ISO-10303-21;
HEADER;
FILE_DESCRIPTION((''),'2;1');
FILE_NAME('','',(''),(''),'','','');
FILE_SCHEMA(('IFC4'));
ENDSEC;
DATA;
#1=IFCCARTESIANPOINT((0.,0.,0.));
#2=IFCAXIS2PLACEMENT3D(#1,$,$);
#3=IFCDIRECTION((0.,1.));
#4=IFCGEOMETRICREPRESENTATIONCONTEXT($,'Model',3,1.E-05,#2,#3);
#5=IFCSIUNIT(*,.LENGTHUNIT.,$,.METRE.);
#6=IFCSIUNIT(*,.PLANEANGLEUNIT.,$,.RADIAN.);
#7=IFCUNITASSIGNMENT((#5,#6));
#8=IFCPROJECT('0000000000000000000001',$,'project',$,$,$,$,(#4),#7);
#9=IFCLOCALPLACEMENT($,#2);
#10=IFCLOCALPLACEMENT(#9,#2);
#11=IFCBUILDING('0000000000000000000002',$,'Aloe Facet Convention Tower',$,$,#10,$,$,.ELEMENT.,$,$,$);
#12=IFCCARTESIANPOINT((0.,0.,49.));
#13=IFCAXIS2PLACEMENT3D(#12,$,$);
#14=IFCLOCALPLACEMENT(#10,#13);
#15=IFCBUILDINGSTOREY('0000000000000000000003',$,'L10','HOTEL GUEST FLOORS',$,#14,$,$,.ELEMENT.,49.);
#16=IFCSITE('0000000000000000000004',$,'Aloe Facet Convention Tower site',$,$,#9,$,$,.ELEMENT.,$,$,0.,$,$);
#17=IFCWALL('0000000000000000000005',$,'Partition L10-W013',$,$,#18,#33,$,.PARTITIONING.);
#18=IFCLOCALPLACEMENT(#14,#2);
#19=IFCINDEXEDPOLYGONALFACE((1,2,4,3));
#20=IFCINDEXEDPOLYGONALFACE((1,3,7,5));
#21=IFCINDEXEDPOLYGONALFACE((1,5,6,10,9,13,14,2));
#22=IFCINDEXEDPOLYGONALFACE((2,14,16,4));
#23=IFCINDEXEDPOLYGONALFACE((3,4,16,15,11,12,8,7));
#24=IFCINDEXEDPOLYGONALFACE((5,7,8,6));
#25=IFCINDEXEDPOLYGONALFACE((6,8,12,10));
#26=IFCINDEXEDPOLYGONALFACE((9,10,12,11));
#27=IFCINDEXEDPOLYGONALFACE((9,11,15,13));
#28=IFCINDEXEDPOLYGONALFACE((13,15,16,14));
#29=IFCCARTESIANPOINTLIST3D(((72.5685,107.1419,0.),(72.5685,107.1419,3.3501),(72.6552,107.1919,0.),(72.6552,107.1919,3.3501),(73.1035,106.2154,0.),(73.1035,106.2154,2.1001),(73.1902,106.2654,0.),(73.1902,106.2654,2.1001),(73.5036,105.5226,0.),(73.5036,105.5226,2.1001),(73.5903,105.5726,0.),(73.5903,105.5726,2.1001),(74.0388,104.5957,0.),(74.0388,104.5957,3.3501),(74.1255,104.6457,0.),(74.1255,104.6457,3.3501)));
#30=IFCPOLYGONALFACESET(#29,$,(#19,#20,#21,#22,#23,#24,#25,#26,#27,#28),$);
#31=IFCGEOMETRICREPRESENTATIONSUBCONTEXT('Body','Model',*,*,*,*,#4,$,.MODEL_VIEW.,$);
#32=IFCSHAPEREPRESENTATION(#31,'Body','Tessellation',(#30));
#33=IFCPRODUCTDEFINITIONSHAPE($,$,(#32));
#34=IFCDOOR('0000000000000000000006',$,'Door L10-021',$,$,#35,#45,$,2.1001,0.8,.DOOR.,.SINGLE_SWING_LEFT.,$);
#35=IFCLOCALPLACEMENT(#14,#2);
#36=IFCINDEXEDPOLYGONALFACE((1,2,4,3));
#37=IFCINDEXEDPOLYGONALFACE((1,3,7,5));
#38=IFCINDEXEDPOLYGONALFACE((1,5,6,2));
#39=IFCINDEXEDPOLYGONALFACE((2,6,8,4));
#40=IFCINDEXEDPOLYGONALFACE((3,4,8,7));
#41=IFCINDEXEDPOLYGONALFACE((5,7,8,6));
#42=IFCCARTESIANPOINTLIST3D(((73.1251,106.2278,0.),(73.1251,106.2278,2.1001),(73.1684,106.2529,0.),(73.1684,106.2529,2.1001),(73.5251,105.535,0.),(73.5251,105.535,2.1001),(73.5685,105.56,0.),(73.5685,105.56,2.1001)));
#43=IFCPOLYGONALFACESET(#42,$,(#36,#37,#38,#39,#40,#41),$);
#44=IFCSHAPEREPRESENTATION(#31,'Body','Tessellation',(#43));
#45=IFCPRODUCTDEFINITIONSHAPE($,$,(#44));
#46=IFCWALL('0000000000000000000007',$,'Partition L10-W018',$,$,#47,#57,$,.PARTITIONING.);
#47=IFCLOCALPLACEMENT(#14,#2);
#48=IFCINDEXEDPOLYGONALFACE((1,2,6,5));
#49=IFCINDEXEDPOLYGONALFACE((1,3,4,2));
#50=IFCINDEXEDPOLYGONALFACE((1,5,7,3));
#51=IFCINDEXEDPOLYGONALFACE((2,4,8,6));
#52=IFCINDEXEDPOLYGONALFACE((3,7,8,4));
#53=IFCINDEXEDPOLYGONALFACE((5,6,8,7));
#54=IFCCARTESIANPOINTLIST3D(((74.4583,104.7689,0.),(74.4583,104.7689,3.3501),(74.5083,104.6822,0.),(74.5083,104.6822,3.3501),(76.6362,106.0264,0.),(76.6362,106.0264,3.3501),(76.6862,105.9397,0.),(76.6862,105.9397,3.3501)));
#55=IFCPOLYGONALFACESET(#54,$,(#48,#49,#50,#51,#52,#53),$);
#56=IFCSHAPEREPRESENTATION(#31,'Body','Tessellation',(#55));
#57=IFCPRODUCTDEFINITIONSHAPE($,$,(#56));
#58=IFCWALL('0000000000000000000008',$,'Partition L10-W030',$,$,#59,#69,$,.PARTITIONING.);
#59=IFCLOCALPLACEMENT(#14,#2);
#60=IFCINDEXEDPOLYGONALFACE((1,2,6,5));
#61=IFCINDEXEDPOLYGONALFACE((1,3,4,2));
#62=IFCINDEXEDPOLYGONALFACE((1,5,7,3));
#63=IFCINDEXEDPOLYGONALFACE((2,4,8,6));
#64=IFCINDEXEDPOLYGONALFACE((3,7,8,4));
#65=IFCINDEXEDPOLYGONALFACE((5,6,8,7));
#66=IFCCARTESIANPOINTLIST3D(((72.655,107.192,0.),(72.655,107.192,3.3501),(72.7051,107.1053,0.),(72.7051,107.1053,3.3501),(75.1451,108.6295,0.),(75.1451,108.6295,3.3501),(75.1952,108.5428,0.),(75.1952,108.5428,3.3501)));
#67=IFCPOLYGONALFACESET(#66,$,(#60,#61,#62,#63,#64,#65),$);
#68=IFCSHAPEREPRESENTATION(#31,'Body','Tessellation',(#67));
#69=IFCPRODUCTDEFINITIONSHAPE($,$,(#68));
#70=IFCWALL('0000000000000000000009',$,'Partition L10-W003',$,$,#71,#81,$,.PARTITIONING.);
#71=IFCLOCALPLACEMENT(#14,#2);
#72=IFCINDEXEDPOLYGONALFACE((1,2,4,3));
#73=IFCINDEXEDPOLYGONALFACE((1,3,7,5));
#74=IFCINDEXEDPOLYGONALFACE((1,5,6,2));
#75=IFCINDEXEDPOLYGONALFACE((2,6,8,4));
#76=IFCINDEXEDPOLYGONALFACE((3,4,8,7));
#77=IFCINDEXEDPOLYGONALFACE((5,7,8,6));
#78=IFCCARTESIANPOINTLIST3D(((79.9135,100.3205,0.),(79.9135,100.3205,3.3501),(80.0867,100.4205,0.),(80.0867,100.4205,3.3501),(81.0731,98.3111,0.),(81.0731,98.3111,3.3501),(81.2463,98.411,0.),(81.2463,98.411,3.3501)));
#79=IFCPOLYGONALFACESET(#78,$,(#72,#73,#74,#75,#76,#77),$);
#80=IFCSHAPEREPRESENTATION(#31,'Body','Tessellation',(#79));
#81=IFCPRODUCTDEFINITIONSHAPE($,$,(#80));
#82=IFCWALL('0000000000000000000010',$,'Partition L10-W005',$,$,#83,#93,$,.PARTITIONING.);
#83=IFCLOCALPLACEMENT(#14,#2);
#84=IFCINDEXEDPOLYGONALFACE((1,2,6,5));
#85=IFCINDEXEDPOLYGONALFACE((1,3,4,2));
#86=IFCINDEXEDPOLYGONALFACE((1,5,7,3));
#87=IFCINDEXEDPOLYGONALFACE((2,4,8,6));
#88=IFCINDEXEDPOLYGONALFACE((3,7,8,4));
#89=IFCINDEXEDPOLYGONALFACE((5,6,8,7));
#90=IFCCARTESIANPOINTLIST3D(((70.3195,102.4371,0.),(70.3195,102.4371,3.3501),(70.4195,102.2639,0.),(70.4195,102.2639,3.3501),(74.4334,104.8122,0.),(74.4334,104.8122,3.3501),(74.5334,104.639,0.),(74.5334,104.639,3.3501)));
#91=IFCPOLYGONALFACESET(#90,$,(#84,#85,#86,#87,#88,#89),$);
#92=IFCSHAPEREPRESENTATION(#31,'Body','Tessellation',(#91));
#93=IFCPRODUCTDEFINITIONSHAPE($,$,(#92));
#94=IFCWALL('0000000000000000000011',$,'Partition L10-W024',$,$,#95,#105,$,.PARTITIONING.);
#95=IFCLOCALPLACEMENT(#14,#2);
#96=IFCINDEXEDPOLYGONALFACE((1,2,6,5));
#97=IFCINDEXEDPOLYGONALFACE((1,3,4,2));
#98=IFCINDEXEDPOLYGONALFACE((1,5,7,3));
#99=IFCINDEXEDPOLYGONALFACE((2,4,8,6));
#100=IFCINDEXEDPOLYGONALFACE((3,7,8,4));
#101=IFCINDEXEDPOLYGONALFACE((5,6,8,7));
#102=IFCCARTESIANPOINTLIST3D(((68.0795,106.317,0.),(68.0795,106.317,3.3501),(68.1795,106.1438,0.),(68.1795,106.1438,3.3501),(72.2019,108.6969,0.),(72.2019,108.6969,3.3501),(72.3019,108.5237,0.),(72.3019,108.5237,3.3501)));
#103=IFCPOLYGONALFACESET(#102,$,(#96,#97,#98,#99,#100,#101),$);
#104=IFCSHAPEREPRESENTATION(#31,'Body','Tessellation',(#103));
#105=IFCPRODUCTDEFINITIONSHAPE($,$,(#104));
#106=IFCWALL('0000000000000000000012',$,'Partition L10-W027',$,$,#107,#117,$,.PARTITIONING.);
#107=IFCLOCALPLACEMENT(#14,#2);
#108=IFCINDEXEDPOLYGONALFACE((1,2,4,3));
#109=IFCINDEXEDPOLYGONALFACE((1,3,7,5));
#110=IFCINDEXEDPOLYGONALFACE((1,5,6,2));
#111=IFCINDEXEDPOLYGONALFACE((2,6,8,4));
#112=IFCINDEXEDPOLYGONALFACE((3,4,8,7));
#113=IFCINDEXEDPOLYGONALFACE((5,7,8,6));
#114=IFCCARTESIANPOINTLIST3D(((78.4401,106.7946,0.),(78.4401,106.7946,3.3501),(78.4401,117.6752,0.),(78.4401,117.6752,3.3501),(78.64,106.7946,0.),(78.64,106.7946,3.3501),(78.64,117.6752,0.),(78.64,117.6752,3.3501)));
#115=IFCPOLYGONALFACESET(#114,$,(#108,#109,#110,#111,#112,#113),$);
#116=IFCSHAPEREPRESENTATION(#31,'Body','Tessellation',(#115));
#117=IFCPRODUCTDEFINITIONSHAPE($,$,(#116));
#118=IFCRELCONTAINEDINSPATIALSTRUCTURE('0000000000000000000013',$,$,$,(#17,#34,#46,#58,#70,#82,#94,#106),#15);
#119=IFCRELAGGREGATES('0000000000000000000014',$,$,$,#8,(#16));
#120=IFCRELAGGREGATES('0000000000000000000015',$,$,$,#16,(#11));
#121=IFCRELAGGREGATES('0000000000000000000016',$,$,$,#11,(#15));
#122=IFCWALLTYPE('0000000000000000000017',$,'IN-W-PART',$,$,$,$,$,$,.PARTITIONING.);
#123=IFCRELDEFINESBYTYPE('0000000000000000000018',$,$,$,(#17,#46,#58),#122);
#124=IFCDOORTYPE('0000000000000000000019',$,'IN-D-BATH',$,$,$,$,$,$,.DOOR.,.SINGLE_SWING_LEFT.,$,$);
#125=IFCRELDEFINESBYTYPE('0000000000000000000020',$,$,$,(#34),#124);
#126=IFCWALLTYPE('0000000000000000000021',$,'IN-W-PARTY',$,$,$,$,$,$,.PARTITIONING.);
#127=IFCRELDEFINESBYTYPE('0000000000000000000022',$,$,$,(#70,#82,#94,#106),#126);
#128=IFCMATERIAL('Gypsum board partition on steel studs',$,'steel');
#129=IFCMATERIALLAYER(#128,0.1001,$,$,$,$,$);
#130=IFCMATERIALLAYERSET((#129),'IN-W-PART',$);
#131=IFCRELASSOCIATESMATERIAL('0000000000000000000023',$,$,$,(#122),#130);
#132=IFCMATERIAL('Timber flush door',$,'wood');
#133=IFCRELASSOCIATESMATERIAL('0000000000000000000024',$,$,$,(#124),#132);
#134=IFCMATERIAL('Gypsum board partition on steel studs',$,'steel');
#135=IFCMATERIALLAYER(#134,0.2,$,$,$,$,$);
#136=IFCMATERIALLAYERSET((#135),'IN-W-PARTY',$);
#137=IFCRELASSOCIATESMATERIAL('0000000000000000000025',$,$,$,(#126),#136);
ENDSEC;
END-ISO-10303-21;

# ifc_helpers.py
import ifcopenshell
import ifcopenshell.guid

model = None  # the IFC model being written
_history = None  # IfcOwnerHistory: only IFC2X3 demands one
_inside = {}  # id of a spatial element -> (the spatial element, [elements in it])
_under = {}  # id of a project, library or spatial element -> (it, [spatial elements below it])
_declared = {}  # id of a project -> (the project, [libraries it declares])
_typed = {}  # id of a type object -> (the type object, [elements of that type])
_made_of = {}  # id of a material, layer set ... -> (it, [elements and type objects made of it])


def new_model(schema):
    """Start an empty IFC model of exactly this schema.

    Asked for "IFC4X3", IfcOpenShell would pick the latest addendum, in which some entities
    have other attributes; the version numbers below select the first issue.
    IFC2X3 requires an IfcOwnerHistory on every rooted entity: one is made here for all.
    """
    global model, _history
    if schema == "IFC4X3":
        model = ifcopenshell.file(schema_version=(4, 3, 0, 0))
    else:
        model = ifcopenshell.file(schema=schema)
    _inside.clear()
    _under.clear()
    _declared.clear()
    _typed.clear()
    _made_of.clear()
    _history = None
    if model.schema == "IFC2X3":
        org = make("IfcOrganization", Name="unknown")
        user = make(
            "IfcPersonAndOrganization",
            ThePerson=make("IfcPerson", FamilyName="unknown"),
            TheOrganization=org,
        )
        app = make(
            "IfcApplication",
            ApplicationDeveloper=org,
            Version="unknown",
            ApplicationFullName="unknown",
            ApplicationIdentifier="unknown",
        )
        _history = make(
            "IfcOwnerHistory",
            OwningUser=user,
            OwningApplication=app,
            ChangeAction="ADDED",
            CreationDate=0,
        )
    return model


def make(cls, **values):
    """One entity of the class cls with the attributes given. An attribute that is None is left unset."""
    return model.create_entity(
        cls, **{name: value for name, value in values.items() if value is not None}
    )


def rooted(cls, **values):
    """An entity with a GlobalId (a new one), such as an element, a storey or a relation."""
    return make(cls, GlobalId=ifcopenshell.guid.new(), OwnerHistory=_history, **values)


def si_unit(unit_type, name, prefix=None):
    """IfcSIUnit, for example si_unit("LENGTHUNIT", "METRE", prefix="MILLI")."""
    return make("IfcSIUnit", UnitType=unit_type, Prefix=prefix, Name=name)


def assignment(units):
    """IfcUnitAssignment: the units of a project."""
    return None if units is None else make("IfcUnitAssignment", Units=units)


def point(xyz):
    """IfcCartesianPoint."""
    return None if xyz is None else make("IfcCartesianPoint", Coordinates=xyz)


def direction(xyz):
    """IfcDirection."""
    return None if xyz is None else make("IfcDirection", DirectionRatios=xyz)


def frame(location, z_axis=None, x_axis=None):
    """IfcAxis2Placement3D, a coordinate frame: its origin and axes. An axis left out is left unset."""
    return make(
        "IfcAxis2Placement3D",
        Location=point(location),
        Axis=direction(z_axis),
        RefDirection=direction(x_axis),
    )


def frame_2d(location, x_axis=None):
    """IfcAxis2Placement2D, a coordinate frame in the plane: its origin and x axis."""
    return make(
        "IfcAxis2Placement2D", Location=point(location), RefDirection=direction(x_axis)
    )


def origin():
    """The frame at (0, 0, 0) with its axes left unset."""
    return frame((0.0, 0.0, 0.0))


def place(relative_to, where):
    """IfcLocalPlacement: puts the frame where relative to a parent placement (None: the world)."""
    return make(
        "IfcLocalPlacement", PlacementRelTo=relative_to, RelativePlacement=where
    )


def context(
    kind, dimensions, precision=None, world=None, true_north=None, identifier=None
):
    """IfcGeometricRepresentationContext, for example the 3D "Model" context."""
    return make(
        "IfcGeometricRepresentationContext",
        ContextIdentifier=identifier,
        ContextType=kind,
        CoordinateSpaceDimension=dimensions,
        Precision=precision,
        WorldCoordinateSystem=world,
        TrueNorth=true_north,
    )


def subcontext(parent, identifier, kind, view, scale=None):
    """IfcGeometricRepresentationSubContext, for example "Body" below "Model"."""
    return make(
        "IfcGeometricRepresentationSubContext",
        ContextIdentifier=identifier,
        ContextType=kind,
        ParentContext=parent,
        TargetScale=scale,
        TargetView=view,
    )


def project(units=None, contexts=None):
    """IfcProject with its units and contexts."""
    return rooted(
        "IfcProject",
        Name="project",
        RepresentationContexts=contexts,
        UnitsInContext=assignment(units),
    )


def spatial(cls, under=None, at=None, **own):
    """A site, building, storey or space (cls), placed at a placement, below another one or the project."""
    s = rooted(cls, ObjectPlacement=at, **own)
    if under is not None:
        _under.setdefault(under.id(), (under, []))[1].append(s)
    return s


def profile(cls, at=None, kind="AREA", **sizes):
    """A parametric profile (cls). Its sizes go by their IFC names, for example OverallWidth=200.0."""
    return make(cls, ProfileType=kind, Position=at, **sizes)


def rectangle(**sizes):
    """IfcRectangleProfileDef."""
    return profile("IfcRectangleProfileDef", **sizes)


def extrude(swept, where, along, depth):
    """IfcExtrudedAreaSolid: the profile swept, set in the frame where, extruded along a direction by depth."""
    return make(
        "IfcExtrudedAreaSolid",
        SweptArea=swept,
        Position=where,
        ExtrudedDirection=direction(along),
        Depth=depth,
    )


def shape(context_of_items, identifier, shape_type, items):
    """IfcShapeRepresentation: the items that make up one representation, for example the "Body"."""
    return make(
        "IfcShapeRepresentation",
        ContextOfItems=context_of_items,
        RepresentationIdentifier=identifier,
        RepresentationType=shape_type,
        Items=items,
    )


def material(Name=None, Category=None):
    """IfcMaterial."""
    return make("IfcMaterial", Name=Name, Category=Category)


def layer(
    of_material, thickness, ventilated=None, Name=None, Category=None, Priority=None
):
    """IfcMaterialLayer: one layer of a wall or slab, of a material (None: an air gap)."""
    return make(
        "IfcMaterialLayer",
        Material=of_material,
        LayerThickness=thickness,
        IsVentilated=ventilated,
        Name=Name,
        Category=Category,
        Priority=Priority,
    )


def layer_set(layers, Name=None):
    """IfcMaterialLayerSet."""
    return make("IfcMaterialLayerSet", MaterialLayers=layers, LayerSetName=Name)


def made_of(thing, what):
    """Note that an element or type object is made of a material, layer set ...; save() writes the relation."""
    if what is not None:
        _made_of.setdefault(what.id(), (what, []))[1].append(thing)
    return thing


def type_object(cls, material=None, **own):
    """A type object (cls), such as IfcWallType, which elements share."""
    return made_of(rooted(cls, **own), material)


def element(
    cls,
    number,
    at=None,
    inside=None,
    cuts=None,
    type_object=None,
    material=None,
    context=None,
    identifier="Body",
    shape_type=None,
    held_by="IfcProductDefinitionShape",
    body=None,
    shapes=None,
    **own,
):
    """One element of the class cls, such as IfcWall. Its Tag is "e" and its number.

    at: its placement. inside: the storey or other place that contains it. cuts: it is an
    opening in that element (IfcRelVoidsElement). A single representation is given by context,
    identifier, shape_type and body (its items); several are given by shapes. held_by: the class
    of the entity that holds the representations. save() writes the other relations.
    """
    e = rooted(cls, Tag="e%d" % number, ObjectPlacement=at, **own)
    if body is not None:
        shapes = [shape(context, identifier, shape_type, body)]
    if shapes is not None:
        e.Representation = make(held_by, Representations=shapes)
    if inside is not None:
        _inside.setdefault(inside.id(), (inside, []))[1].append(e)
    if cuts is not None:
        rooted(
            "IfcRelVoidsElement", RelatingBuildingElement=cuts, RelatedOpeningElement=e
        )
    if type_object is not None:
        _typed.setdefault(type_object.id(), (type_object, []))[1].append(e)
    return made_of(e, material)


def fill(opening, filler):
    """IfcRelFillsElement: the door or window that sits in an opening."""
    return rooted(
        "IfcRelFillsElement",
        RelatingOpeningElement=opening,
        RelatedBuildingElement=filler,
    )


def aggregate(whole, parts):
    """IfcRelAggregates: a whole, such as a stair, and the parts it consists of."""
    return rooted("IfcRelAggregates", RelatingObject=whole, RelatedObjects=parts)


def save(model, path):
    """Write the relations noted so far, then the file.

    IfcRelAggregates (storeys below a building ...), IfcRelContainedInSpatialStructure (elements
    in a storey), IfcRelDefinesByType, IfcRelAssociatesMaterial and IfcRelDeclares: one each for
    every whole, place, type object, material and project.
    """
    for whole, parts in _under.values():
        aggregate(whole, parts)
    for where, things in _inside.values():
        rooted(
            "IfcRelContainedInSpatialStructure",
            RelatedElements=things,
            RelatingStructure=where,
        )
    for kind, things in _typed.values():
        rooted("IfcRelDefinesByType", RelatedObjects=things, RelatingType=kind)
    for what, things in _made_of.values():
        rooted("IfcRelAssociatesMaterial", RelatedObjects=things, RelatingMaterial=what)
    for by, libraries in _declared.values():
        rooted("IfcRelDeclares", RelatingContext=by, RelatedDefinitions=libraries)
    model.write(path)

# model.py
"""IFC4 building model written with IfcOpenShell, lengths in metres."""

from ifc_helpers import new_model, si_unit, direction, frame, frame_2d, origin, place, context, subcontext, project, spatial, rectangle, extrude, material, layer, layer_set, type_object, element, fill, save


model = new_model("IFC4")

# Units and contexts
model_context = context("Model", 3, precision=1e-05, world=origin(), true_north=direction((0.0, 1.0)))
body_context = subcontext(model_context, "Body", "Model", "MODEL_VIEW")
ifc_project = project(units=[si_unit("LENGTHUNIT", "METRE"), si_unit("PLANEANGLEUNIT", "RADIAN")], contexts=[model_context])

# Site, building, storey
site_placement = place(None, origin())
site = spatial("IfcSite", under=ifc_project, at=site_placement, Name="Aloe Facet Convention Tower site", CompositionType="ELEMENT", RefElevation=0.0)
building_placement = place(site_placement, origin())
building = spatial("IfcBuilding", under=site, at=building_placement, Name="Aloe Facet Convention Tower", CompositionType="ELEMENT")
storey_placement = place(building_placement, frame((0.0, 0.0, 49.0)))
storey = spatial("IfcBuildingStorey", under=building, at=storey_placement, Name="L10", Description="HOTEL GUEST FLOORS", CompositionType="ELEMENT", Elevation=49.0)

# Shared definitions
ifc_material_1 = material(Name="Gypsum board partition on steel studs", Category="steel")
ifc_layer_1 = layer(ifc_material_1, 0.1001)
ifc_layer_set_1 = layer_set([ifc_layer_1], Name="IN-W-PART")
wall_type_1 = type_object("IfcWallType", Name="IN-W-PART", PredefinedType="PARTITIONING", material=ifc_layer_set_1)

# Wall, opening, door
ifc_material_2 = material(Name="Timber flush door", Category="wood")
door_type_1 = type_object("IfcDoorType", Name="IN-D-BATH", OperationType="SINGLE_SWING_LEFT", PredefinedType="DOOR", material=ifc_material_2)
wall_1_placement = place(storey_placement, frame((72.6118, 107.167, 0.0), z_axis=(0.0, 0.0, 1.0), x_axis=(0.500051, -0.865996, 0.0)))
wall_1 = element("IfcWall", 1, at=wall_1_placement, inside=storey, type_object=wall_type_1, Name="Partition L10-W013", PredefinedType="PARTITIONING", context=body_context, shape_type="SweptSolid", body=[
    extrude(rectangle(XDim=2.9402, YDim=0.1001, at=frame_2d((1.4702, 0.0))), origin(), (0.0, 0.0, 1.0), 3.3501),
])
opening_1_placement = place(wall_1_placement, frame((1.0701, 0.0, 0.0)))
opening_1 = element("IfcOpeningElement", 2, at=opening_1_placement, cuts=wall_1, PredefinedType="OPENING", context=body_context, shape_type="SweptSolid", body=[
    extrude(rectangle(XDim=0.8, YDim=2.1001, at=frame_2d((0.3999, 1.05))), frame((0.0, 0.0601, 0.0), z_axis=(0.0, -1.0, 0.0), x_axis=(1.0, 0.0, 0.0)), (0.0, 0.0, 1.0), 0.1201),
])
door_1_placement = place(opening_1_placement, origin())
door_1 = element("IfcDoor", 3, at=door_1_placement, inside=storey, type_object=door_type_1, Name="Door L10-021", OperationType="SINGLE_SWING_LEFT", OverallHeight=2.1001, OverallWidth=0.8, PredefinedType="DOOR", context=body_context, shape_type="SweptSolid", body=[
    extrude(rectangle(XDim=0.8, YDim=2.1001, at=frame_2d((0.3999, 1.05))), frame((0.0, 0.0249, 0.0), z_axis=(0.0, -1.0, 0.0), x_axis=(1.0, 0.0, 0.0)), (0.0, 0.0, 1.0), 0.05),
])
fill(opening_1, door_1)

# Walls
wall_2_placement = place(storey_placement, frame((74.4834, 104.7256, 0.0), z_axis=(0.0, 0.0, 1.0), x_axis=(0.866006, 0.500033, 0.0)))
element("IfcWall", 4, at=wall_2_placement, inside=storey, type_object=wall_type_1, Name="Partition L10-W018", PredefinedType="PARTITIONING", context=body_context, shape_type="SweptSolid", body=[
    extrude(rectangle(XDim=2.5149, YDim=0.1001, at=frame_2d((1.2573, 0.0))), origin(), (0.0, 0.0, 1.0), 3.3501),
])
wall_3_placement = place(storey_placement, frame((72.6802, 107.1487, 0.0), z_axis=(0.0, 0.0, 1.0), x_axis=(0.86604, 0.499975, 0.0)))
element("IfcWall", 5, at=wall_3_placement, inside=storey, type_object=wall_type_1, Name="Partition L10-W030", PredefinedType="PARTITIONING", context=body_context, shape_type="SweptSolid", body=[
    extrude(rectangle(XDim=2.8752, YDim=0.1001, at=frame_2d((1.4375, 0.0))), origin(), (0.0, 0.0, 1.0), 3.3501),
])
ifc_material_3 = material(Name="Gypsum board partition on steel studs", Category="steel")
ifc_layer_2 = layer(ifc_material_3, 0.2)
ifc_layer_set_2 = layer_set([ifc_layer_2], Name="IN-W-PARTY")
wall_type_2 = type_object("IfcWallType", Name="IN-W-PARTY", PredefinedType="PARTITIONING", material=ifc_layer_set_2)
wall_4_placement = place(storey_placement, frame((80.0, 100.3706, 0.0), z_axis=(0.0, 0.0, 1.0), x_axis=(0.499829, -0.866124, 0.0)))
element("IfcWall", 6, at=wall_4_placement, inside=storey, type_object=wall_type_2, Name="Partition L10-W003", PredefinedType="PARTITIONING", context=body_context, shape_type="SweptSolid", body=[
    extrude(rectangle(XDim=2.3201, YDim=0.2, at=frame_2d((1.1602, 0.0))), origin(), (0.0, 0.0, 1.0), 3.3501),
])
wall_5_placement = place(storey_placement, frame((70.3696, 102.3506, 0.0), z_axis=(0.0, 0.0, 1.0), x_axis=(0.866033, 0.499986, 0.0)))
element("IfcWall", 7, at=wall_5_placement, inside=storey, type_object=wall_type_2, Name="Partition L10-W005", PredefinedType="PARTITIONING", context=body_context, shape_type="SweptSolid", body=[
    extrude(rectangle(XDim=4.7502, YDim=0.2, at=frame_2d((2.375, 0.0))), origin(), (0.0, 0.0, 1.0), 3.3501),
])
wall_6_placement = place(storey_placement, frame((68.1296, 106.2305, 0.0), z_axis=(0.0, 0.0, 1.0), x_axis=(0.866038, 0.499978, 0.0)))
element("IfcWall", 8, at=wall_6_placement, inside=storey, type_object=wall_type_2, Name="Partition L10-W024", PredefinedType="PARTITIONING", context=body_context, shape_type="SweptSolid", body=[
    extrude(rectangle(XDim=4.76, YDim=0.2, at=frame_2d((2.3799, 0.0))), origin(), (0.0, 0.0, 1.0), 3.3501),
])
wall_7_placement = place(storey_placement, frame((78.54, 106.7944, 0.0), z_axis=(0.0, 0.0, 1.0), x_axis=(0.0, 1.0, 0.0)))
element("IfcWall", 9, at=wall_7_placement, inside=storey, type_object=wall_type_2, Name="Partition L10-W027", PredefinedType="PARTITIONING", context=body_context, shape_type="SweptSolid", body=[
    extrude(rectangle(XDim=10.8806, YDim=0.2, at=frame_2d((5.4404, 0.0))), origin(), (0.0, 0.0, 1.0), 3.3501),
])

save(model, "model.ifc")
